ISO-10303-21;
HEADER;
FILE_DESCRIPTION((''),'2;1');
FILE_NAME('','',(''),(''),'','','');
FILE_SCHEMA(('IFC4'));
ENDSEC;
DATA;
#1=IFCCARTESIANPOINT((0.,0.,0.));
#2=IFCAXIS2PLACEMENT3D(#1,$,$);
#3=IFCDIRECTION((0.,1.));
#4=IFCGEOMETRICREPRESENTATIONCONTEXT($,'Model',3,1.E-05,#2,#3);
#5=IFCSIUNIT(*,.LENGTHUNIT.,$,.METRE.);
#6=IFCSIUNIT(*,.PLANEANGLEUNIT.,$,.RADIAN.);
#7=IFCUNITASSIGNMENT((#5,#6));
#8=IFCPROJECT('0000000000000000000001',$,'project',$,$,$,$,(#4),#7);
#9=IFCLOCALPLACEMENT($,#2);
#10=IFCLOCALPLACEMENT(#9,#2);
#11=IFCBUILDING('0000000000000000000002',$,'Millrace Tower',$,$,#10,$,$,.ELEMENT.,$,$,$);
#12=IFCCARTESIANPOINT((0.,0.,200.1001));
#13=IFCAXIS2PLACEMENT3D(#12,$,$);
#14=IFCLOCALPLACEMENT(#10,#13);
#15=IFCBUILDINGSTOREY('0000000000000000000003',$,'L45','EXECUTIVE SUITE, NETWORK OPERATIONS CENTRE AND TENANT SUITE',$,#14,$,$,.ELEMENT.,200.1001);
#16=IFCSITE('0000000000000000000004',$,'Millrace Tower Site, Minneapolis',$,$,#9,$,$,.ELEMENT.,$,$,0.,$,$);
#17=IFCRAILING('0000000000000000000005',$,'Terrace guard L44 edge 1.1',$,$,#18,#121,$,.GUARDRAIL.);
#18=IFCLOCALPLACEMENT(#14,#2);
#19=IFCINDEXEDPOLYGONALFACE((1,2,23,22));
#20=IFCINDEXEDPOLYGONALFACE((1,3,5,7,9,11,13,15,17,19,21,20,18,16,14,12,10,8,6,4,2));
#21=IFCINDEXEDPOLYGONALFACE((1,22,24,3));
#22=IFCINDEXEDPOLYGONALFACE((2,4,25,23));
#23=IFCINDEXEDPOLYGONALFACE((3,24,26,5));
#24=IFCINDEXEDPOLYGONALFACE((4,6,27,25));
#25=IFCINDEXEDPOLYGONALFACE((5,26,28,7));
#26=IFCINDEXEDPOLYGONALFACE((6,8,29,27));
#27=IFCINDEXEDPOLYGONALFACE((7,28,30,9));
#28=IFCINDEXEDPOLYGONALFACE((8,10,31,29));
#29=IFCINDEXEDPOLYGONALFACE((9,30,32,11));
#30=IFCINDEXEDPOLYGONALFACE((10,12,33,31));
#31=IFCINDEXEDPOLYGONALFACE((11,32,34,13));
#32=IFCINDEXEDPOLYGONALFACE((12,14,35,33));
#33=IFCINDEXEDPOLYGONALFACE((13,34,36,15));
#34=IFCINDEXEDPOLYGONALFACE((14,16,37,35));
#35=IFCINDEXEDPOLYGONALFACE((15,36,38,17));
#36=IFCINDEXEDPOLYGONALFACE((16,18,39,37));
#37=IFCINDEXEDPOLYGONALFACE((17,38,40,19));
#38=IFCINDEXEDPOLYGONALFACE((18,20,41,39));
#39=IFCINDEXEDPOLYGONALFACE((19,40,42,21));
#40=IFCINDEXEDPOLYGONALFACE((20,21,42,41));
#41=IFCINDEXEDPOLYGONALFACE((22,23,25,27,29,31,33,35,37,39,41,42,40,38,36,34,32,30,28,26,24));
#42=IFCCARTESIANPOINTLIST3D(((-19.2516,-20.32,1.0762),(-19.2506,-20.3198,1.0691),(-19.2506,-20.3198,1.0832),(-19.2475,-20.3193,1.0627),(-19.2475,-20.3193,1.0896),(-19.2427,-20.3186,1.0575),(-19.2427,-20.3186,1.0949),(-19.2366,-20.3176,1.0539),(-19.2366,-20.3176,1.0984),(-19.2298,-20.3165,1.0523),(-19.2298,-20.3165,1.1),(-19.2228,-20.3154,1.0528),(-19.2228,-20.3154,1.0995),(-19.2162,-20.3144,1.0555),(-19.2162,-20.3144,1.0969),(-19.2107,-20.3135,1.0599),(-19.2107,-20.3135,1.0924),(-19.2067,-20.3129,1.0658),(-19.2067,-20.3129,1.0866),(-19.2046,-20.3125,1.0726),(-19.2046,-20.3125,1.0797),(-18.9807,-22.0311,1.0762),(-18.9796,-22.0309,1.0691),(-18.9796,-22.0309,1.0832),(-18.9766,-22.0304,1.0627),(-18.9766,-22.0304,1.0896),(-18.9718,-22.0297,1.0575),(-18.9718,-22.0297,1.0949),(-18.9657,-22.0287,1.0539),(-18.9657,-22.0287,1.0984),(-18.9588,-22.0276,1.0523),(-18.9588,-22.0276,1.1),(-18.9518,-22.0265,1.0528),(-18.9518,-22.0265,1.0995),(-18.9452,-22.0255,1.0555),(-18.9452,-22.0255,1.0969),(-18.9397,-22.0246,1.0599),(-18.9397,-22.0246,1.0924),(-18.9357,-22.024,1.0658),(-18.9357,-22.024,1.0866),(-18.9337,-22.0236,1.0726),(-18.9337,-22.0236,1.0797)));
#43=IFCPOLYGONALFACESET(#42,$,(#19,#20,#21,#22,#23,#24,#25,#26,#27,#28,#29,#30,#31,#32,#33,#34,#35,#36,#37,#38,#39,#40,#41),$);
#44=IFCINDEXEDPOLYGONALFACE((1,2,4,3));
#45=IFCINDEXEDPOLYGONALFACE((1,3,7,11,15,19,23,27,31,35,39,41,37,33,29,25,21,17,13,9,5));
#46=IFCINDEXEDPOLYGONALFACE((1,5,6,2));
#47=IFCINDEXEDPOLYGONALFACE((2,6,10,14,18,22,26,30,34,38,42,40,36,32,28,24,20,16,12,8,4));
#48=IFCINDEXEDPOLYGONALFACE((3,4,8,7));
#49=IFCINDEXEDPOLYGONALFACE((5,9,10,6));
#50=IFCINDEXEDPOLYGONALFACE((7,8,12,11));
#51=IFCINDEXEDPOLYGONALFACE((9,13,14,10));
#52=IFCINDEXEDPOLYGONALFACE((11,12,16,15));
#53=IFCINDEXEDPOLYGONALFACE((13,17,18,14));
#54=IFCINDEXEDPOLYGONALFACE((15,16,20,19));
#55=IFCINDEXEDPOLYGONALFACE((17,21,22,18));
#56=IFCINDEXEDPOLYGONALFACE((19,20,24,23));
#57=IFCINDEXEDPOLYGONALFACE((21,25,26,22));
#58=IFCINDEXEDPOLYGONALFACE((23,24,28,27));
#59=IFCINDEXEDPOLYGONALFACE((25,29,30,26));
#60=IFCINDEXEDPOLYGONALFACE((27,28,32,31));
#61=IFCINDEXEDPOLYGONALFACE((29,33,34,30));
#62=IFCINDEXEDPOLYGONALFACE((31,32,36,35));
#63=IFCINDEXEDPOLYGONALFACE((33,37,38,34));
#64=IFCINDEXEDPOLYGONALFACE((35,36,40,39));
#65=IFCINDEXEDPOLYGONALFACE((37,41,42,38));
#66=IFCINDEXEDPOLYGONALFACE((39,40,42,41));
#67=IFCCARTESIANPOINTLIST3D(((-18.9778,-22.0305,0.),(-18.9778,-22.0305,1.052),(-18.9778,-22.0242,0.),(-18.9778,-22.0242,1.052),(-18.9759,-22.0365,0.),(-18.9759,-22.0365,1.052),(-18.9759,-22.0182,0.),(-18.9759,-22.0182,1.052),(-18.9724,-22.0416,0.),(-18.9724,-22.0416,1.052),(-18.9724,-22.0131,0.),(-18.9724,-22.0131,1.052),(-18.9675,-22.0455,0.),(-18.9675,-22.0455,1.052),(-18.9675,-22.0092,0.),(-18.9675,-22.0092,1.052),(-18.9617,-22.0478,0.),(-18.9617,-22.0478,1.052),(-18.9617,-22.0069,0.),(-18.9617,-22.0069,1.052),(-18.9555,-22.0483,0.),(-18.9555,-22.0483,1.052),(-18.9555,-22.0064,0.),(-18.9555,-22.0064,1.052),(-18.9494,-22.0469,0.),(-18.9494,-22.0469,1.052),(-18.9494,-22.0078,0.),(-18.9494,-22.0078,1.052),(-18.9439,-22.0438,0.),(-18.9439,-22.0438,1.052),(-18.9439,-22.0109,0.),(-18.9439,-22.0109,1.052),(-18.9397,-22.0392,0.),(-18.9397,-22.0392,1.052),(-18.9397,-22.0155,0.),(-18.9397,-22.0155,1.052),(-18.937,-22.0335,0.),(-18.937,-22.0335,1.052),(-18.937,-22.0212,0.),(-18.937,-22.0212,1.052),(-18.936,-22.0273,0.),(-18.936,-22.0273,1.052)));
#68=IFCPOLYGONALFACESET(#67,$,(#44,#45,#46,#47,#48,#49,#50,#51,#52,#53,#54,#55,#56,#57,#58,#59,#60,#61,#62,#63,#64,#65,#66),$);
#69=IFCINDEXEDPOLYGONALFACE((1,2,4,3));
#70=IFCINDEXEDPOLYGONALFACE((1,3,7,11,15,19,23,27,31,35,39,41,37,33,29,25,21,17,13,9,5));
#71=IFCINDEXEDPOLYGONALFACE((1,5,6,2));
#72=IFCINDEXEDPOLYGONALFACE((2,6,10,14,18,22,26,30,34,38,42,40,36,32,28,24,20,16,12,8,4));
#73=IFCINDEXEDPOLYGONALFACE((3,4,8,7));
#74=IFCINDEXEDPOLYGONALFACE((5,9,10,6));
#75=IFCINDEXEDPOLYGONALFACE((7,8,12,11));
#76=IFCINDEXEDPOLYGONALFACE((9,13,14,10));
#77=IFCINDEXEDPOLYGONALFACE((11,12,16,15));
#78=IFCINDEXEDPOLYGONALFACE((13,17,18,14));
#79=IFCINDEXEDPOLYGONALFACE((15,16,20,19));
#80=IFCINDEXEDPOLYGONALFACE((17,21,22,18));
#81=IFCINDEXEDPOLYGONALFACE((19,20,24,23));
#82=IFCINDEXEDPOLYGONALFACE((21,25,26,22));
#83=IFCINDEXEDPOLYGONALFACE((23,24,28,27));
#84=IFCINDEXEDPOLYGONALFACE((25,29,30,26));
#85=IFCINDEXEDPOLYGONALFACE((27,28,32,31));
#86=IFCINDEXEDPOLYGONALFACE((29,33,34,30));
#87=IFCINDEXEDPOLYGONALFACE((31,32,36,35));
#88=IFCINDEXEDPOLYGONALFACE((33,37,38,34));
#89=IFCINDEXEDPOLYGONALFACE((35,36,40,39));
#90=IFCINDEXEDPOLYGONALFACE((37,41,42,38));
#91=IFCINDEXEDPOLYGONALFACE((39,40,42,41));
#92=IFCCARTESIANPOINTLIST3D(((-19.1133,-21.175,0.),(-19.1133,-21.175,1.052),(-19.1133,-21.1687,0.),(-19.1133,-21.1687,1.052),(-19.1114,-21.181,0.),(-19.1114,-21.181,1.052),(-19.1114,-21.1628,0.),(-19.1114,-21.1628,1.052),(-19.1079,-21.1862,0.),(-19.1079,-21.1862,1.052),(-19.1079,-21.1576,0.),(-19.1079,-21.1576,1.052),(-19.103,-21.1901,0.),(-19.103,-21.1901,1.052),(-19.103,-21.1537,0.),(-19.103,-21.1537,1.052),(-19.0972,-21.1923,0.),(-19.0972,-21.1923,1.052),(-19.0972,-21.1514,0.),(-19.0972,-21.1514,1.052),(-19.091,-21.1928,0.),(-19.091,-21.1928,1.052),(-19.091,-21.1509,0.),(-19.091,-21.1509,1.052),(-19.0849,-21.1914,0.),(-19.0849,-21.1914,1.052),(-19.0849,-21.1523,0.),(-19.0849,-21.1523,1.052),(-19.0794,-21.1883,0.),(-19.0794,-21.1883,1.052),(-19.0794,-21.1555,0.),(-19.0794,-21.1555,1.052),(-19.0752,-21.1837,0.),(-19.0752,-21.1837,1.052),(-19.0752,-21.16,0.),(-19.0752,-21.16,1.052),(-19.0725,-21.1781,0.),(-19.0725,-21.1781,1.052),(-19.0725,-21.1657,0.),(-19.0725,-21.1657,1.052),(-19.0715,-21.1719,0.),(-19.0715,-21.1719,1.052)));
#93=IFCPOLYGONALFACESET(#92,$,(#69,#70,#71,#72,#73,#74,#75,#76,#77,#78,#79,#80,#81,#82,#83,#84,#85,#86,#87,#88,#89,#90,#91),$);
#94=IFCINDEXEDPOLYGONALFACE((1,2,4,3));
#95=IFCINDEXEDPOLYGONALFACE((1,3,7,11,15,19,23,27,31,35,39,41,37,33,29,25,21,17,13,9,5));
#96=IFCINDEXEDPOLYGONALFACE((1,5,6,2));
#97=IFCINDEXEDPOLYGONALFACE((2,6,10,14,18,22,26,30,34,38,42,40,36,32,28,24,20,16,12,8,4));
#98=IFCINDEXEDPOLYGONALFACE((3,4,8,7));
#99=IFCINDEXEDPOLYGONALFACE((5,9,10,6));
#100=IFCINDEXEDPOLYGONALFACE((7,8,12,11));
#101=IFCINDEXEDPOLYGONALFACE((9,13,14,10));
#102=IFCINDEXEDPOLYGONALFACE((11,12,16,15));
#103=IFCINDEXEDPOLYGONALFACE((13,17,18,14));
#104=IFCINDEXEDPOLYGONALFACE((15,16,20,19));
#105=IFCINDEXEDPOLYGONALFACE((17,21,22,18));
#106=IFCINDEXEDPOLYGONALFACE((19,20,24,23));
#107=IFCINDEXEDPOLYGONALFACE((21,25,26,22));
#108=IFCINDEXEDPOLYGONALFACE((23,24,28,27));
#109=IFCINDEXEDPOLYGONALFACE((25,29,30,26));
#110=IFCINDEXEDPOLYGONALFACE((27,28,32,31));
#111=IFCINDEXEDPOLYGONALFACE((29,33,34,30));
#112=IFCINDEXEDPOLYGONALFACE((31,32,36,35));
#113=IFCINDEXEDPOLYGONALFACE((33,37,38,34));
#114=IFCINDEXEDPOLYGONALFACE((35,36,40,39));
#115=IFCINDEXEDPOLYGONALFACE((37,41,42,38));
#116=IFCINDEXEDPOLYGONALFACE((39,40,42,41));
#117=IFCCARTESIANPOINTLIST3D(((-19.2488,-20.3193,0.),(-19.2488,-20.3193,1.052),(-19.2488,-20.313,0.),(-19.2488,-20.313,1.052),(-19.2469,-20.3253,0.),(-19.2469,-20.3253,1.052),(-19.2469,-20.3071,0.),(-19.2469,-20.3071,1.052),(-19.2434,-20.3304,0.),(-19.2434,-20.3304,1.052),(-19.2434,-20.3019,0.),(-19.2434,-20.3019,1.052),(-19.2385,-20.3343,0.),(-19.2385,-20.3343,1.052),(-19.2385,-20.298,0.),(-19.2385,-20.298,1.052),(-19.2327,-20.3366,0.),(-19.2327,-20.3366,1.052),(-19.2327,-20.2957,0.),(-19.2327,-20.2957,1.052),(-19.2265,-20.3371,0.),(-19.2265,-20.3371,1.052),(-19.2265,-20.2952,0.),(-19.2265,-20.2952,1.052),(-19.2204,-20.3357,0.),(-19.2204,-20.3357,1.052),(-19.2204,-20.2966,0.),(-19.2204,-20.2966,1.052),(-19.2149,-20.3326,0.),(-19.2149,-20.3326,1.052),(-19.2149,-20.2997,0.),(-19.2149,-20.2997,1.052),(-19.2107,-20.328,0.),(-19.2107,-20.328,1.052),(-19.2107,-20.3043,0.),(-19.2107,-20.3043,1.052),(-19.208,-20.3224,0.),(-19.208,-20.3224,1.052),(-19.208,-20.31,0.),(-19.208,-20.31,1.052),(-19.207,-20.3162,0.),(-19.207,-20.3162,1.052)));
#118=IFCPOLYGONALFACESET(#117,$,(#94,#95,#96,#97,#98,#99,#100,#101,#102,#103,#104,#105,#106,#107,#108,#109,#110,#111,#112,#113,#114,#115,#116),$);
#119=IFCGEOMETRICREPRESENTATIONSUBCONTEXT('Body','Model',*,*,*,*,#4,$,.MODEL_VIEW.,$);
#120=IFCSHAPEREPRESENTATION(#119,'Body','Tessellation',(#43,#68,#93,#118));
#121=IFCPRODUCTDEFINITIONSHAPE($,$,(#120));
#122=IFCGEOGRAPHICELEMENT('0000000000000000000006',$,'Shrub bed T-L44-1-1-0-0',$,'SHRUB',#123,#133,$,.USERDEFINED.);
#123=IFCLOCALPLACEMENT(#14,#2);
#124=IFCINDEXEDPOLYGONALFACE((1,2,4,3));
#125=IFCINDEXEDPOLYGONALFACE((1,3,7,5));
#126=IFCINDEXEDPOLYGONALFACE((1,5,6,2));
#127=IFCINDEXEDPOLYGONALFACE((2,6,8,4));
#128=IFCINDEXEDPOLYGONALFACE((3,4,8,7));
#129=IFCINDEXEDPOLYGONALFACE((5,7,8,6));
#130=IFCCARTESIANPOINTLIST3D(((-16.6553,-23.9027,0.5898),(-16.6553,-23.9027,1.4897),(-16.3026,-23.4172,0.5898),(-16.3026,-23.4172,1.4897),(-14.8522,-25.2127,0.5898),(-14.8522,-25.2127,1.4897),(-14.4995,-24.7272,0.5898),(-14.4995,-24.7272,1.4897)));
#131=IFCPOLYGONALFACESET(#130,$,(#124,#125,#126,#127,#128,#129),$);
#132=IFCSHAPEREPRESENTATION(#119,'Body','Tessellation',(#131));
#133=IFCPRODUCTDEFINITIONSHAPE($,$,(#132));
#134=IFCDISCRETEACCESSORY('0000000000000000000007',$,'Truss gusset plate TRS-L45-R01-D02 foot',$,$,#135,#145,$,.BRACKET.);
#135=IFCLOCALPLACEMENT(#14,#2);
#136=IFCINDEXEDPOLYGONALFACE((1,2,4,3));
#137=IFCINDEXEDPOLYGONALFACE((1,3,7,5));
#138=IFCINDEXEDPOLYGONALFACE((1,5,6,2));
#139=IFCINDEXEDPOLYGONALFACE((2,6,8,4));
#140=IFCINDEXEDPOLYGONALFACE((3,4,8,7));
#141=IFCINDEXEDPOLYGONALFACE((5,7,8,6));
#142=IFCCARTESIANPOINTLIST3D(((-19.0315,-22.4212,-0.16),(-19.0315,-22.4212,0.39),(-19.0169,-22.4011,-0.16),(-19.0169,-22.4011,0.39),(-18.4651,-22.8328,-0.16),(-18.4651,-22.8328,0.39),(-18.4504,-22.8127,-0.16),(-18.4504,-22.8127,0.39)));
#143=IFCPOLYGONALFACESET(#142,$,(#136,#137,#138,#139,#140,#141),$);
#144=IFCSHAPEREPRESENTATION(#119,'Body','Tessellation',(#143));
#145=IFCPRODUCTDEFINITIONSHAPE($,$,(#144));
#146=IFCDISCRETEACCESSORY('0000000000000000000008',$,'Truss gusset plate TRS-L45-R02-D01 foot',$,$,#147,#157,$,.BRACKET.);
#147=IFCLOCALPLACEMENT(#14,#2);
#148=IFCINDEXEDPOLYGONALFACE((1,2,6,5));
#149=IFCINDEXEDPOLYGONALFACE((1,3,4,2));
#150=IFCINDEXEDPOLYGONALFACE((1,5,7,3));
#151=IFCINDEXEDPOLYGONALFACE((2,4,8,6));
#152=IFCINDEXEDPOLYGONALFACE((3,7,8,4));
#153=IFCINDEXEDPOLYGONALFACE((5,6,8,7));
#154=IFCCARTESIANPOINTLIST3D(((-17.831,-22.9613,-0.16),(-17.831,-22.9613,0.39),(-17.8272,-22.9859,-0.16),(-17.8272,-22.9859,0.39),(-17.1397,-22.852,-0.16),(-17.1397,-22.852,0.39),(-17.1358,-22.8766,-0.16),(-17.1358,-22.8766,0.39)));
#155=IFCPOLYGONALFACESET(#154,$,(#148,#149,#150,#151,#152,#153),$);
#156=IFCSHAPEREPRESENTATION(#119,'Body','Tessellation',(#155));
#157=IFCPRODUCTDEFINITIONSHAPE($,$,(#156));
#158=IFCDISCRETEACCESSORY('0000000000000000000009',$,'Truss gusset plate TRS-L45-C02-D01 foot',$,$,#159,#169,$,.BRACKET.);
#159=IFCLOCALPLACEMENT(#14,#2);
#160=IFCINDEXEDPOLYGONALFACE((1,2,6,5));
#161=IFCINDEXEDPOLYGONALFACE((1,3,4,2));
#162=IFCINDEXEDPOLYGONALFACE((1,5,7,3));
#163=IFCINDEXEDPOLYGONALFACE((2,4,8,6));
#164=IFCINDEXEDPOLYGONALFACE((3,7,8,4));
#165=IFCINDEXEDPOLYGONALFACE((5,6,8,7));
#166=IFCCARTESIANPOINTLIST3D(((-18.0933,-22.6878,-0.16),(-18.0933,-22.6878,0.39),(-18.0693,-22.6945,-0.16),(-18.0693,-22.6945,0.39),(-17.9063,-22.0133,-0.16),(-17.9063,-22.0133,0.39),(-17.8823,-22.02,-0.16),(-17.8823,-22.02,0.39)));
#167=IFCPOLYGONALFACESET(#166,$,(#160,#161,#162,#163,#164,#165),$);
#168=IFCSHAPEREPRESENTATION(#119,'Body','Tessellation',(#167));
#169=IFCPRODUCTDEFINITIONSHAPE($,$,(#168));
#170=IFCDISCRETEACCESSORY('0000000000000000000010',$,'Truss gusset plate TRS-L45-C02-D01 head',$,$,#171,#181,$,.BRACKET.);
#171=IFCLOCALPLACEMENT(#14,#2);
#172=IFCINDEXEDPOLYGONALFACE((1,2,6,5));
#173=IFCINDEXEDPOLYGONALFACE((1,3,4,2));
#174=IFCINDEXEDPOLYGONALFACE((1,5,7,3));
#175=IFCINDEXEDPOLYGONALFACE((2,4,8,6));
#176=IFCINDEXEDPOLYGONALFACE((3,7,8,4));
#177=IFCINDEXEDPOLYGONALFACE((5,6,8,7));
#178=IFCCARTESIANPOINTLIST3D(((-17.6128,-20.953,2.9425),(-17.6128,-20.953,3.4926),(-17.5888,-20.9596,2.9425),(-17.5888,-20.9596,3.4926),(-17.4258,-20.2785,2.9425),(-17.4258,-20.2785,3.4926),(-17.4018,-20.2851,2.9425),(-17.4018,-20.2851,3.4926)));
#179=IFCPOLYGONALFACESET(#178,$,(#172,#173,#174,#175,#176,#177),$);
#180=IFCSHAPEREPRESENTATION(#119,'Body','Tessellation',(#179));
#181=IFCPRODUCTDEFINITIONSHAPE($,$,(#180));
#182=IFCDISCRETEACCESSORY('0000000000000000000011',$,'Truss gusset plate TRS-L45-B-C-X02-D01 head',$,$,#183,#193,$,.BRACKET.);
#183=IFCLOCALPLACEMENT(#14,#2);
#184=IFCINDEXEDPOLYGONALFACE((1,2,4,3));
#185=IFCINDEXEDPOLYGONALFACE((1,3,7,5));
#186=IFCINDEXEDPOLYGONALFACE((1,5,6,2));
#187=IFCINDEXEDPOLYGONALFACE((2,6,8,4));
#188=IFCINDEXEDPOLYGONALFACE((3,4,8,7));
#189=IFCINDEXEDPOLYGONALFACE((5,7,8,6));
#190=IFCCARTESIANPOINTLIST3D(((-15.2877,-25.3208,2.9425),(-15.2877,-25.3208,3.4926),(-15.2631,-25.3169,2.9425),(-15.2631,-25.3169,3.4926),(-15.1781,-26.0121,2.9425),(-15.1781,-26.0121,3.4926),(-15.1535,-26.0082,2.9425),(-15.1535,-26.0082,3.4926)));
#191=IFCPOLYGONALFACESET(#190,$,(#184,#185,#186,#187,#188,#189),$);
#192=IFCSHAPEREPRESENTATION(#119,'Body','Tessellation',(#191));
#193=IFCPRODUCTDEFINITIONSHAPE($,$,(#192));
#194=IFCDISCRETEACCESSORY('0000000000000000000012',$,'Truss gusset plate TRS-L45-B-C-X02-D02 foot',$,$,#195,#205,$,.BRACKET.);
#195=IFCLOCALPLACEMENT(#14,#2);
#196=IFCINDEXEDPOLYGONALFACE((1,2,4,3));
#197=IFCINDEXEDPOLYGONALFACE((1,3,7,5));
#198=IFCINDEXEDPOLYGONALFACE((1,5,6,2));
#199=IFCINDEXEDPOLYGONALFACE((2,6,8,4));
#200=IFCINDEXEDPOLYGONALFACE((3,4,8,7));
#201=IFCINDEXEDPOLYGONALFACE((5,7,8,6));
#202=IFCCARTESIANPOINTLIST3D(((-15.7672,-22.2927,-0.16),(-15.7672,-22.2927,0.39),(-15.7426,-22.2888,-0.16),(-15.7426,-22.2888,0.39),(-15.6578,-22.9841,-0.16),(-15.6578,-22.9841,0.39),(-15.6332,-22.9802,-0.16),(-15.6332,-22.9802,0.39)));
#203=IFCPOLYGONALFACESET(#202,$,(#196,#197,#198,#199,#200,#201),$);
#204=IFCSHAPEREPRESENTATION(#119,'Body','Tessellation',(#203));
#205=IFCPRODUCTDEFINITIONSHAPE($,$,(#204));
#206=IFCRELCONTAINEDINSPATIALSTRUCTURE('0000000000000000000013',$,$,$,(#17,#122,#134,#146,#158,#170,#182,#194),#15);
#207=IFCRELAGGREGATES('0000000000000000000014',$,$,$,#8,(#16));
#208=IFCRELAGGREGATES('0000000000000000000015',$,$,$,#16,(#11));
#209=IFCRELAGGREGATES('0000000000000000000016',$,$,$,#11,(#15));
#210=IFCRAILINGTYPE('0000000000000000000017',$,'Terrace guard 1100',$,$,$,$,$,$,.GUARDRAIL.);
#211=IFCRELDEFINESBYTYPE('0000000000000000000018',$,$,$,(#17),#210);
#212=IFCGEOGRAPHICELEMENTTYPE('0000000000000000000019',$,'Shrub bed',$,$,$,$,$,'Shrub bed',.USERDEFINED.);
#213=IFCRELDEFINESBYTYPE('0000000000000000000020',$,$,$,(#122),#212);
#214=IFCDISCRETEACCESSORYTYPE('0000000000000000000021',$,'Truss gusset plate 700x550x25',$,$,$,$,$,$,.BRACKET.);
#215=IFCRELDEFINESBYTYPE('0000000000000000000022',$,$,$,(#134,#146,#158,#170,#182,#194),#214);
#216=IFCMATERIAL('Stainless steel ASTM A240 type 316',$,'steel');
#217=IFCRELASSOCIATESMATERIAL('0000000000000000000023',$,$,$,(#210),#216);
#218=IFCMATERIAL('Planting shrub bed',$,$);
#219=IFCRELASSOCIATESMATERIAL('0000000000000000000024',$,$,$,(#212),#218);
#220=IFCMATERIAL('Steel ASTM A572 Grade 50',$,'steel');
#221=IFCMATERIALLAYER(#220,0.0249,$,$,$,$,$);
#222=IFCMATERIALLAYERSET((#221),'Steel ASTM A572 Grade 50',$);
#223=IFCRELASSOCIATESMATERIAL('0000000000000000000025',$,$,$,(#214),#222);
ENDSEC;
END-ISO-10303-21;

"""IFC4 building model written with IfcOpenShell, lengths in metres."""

from ifc_helpers import new_model, si_unit, direction, frame, origin, origin_2d, place, context, subcontext, project, spatial, rectangle, circle, extrude, material, layer, layer_set, type_object, element, save


model = new_model("IFC4")

# Units and contexts
model_context = context("Model", 3, precision=1e-05, world=origin(), true_north=direction((0.0, 1.0)))
body_context = subcontext(model_context, "Body", "Model", "MODEL_VIEW")
ifc_project = project(units=[si_unit("LENGTHUNIT", "METRE"), si_unit("PLANEANGLEUNIT", "RADIAN")], contexts=[model_context])

# Site, building, storey
site_placement = place(None, origin())
site = spatial("IfcSite", under=ifc_project, at=site_placement, Name="Millrace Tower Site, Minneapolis", CompositionType="ELEMENT", RefElevation=0.0)
building_placement = place(site_placement, origin())
building = spatial("IfcBuilding", under=site, at=building_placement, Name="Millrace Tower", CompositionType="ELEMENT")
storey_placement = place(building_placement, frame((0.0, 0.0, 200.1001)))
storey = spatial("IfcBuildingStorey", under=building, at=storey_placement, Name="L45", Description="EXECUTIVE SUITE, NETWORK OPERATIONS CENTRE AND TENANT SUITE", CompositionType="ELEMENT", Elevation=200.1001)

# Railing
ifc_material_1 = material(Name="Stainless steel ASTM A240 type 316", Category="steel")
railing_type = type_object("IfcRailingType", Name="Terrace guard 1100", PredefinedType="GUARDRAIL", material=ifc_material_1)
railing_1_placement = place(storey_placement, frame((-18.957, -22.0273, 0.0)))
element("IfcRailing", 1, at=railing_1_placement, inside=storey, type_object=railing_type, Name="Terrace guard L44 edge 1.1", PredefinedType="GUARDRAIL", context=body_context, shape_type="SweptSolid", body=[
    extrude(circle(Radius=0.0239, at=origin_2d()), frame((0.0, 0.0, 1.0762), z_axis=(-0.156418, 0.987691, 0.0), x_axis=(-0.987691, -0.156418, 0.0)), (0.0, 0.0, 1.0), 1.7324),
    extrude(circle(Radius=0.021, at=origin_2d()), origin(), (0.0, 0.0, 1.0), 1.052),
    extrude(circle(Radius=0.021, at=origin_2d()), frame((-0.1355, 0.8555, 0.0)), (0.0, 0.0, 1.0), 1.052),
    extrude(circle(Radius=0.021, at=origin_2d()), frame((-0.271, 1.7112, 0.0)), (0.0, 0.0, 1.0), 1.052),
])

# Geographic element
ifc_material_2 = material(Name="Planting shrub bed")
geographic_element_type = type_object("IfcGeographicElementType", Name="Shrub bed", ElementType="Shrub bed", PredefinedType="USERDEFINED", material=ifc_material_2)
geographic_element_placement = place(storey_placement, frame((-15.5774, -24.3149, 0.5898), z_axis=(0.0, 0.0, 1.0), x_axis=(0.809017, -0.587785, 0.0)))
element("IfcGeographicElement", 2, at=geographic_element_placement, inside=storey, type_object=geographic_element_type, Name="Shrub bed T-L44-1-1-0-0", ObjectType="SHRUB", PredefinedType="USERDEFINED", context=body_context, shape_type="SweptSolid", body=[
    extrude(rectangle(XDim=2.2288, YDim=0.6001, at=origin_2d()), origin(), (0.0, 0.0, 1.0), 0.8999),
])

# Discrete accessories
ifc_material_3 = material(Name="Steel ASTM A572 Grade 50", Category="steel")
ifc_layer_1 = layer(ifc_material_3, 0.0249)
ifc_layer_set_1 = layer_set([ifc_layer_1], Name="Steel ASTM A572 Grade 50")
discrete_accessory_type = type_object("IfcDiscreteAccessoryType", Name="Truss gusset plate 700x550x25", PredefinedType="BRACKET", material=ifc_layer_set_1)
discrete_accessory_placement = place(storey_placement, frame((-19.0242, -22.4111, 0.115), z_axis=(0.808947, -0.587881, 0.0), x_axis=(0.587881, 0.808947, 0.0)))
element("IfcDiscreteAccessory", 3, at=discrete_accessory_placement, inside=storey, type_object=discrete_accessory_type, Name="Truss gusset plate TRS-L45-R01-D02 foot", PredefinedType="BRACKET", context=body_context, shape_type="SweptSolid", body=[
    extrude(rectangle(XDim=0.0249, YDim=0.55, at=origin_2d()), origin(), (0.0, 0.0, 1.0), 0.7002),
])
for number, where, z_axis, x_axis, name in (
    (4, (-17.8291, -22.9736, 0.115), (0.987718, 0.156249, 0.0), (-0.156249, 0.987718, 0.0), "Truss gusset plate TRS-L45-R02-D01 foot"),
    (5, (-18.0813, -22.6912, 0.115), (0.267158, 0.963653, 0.0), (-0.963653, 0.267158, 0.0), "Truss gusset plate TRS-L45-C02-D01 foot"),
    (6, (-17.6008, -20.9563, 3.2175), (0.267158, 0.963653, 0.0), (-0.963653, 0.267158, 0.0), "Truss gusset plate TRS-L45-C02-D01 head"),
    (7, (-15.2754, -25.3188, 3.2175), (0.156589, -0.987664, 0.0), (0.987664, 0.156589, 0.0), "Truss gusset plate TRS-L45-B-C-X02-D01 head"),
    (8, (-15.7549, -22.2908, 0.115), (0.156249, -0.987718, 0.0), (0.987718, 0.156249, 0.0), "Truss gusset plate TRS-L45-B-C-X02-D02 foot"),
):
    element("IfcDiscreteAccessory", number, at=place(storey_placement, frame(where, z_axis=z_axis, x_axis=x_axis)), inside=storey, type_object=discrete_accessory_type, Name=name, PredefinedType="BRACKET", context=body_context, shape_type="SweptSolid", body=[
        extrude(rectangle(XDim=0.0249, YDim=0.55, at=origin_2d()), origin(), (0.0, 0.0, 1.0), 0.7),
    ])

save(model, "model.ifc")
